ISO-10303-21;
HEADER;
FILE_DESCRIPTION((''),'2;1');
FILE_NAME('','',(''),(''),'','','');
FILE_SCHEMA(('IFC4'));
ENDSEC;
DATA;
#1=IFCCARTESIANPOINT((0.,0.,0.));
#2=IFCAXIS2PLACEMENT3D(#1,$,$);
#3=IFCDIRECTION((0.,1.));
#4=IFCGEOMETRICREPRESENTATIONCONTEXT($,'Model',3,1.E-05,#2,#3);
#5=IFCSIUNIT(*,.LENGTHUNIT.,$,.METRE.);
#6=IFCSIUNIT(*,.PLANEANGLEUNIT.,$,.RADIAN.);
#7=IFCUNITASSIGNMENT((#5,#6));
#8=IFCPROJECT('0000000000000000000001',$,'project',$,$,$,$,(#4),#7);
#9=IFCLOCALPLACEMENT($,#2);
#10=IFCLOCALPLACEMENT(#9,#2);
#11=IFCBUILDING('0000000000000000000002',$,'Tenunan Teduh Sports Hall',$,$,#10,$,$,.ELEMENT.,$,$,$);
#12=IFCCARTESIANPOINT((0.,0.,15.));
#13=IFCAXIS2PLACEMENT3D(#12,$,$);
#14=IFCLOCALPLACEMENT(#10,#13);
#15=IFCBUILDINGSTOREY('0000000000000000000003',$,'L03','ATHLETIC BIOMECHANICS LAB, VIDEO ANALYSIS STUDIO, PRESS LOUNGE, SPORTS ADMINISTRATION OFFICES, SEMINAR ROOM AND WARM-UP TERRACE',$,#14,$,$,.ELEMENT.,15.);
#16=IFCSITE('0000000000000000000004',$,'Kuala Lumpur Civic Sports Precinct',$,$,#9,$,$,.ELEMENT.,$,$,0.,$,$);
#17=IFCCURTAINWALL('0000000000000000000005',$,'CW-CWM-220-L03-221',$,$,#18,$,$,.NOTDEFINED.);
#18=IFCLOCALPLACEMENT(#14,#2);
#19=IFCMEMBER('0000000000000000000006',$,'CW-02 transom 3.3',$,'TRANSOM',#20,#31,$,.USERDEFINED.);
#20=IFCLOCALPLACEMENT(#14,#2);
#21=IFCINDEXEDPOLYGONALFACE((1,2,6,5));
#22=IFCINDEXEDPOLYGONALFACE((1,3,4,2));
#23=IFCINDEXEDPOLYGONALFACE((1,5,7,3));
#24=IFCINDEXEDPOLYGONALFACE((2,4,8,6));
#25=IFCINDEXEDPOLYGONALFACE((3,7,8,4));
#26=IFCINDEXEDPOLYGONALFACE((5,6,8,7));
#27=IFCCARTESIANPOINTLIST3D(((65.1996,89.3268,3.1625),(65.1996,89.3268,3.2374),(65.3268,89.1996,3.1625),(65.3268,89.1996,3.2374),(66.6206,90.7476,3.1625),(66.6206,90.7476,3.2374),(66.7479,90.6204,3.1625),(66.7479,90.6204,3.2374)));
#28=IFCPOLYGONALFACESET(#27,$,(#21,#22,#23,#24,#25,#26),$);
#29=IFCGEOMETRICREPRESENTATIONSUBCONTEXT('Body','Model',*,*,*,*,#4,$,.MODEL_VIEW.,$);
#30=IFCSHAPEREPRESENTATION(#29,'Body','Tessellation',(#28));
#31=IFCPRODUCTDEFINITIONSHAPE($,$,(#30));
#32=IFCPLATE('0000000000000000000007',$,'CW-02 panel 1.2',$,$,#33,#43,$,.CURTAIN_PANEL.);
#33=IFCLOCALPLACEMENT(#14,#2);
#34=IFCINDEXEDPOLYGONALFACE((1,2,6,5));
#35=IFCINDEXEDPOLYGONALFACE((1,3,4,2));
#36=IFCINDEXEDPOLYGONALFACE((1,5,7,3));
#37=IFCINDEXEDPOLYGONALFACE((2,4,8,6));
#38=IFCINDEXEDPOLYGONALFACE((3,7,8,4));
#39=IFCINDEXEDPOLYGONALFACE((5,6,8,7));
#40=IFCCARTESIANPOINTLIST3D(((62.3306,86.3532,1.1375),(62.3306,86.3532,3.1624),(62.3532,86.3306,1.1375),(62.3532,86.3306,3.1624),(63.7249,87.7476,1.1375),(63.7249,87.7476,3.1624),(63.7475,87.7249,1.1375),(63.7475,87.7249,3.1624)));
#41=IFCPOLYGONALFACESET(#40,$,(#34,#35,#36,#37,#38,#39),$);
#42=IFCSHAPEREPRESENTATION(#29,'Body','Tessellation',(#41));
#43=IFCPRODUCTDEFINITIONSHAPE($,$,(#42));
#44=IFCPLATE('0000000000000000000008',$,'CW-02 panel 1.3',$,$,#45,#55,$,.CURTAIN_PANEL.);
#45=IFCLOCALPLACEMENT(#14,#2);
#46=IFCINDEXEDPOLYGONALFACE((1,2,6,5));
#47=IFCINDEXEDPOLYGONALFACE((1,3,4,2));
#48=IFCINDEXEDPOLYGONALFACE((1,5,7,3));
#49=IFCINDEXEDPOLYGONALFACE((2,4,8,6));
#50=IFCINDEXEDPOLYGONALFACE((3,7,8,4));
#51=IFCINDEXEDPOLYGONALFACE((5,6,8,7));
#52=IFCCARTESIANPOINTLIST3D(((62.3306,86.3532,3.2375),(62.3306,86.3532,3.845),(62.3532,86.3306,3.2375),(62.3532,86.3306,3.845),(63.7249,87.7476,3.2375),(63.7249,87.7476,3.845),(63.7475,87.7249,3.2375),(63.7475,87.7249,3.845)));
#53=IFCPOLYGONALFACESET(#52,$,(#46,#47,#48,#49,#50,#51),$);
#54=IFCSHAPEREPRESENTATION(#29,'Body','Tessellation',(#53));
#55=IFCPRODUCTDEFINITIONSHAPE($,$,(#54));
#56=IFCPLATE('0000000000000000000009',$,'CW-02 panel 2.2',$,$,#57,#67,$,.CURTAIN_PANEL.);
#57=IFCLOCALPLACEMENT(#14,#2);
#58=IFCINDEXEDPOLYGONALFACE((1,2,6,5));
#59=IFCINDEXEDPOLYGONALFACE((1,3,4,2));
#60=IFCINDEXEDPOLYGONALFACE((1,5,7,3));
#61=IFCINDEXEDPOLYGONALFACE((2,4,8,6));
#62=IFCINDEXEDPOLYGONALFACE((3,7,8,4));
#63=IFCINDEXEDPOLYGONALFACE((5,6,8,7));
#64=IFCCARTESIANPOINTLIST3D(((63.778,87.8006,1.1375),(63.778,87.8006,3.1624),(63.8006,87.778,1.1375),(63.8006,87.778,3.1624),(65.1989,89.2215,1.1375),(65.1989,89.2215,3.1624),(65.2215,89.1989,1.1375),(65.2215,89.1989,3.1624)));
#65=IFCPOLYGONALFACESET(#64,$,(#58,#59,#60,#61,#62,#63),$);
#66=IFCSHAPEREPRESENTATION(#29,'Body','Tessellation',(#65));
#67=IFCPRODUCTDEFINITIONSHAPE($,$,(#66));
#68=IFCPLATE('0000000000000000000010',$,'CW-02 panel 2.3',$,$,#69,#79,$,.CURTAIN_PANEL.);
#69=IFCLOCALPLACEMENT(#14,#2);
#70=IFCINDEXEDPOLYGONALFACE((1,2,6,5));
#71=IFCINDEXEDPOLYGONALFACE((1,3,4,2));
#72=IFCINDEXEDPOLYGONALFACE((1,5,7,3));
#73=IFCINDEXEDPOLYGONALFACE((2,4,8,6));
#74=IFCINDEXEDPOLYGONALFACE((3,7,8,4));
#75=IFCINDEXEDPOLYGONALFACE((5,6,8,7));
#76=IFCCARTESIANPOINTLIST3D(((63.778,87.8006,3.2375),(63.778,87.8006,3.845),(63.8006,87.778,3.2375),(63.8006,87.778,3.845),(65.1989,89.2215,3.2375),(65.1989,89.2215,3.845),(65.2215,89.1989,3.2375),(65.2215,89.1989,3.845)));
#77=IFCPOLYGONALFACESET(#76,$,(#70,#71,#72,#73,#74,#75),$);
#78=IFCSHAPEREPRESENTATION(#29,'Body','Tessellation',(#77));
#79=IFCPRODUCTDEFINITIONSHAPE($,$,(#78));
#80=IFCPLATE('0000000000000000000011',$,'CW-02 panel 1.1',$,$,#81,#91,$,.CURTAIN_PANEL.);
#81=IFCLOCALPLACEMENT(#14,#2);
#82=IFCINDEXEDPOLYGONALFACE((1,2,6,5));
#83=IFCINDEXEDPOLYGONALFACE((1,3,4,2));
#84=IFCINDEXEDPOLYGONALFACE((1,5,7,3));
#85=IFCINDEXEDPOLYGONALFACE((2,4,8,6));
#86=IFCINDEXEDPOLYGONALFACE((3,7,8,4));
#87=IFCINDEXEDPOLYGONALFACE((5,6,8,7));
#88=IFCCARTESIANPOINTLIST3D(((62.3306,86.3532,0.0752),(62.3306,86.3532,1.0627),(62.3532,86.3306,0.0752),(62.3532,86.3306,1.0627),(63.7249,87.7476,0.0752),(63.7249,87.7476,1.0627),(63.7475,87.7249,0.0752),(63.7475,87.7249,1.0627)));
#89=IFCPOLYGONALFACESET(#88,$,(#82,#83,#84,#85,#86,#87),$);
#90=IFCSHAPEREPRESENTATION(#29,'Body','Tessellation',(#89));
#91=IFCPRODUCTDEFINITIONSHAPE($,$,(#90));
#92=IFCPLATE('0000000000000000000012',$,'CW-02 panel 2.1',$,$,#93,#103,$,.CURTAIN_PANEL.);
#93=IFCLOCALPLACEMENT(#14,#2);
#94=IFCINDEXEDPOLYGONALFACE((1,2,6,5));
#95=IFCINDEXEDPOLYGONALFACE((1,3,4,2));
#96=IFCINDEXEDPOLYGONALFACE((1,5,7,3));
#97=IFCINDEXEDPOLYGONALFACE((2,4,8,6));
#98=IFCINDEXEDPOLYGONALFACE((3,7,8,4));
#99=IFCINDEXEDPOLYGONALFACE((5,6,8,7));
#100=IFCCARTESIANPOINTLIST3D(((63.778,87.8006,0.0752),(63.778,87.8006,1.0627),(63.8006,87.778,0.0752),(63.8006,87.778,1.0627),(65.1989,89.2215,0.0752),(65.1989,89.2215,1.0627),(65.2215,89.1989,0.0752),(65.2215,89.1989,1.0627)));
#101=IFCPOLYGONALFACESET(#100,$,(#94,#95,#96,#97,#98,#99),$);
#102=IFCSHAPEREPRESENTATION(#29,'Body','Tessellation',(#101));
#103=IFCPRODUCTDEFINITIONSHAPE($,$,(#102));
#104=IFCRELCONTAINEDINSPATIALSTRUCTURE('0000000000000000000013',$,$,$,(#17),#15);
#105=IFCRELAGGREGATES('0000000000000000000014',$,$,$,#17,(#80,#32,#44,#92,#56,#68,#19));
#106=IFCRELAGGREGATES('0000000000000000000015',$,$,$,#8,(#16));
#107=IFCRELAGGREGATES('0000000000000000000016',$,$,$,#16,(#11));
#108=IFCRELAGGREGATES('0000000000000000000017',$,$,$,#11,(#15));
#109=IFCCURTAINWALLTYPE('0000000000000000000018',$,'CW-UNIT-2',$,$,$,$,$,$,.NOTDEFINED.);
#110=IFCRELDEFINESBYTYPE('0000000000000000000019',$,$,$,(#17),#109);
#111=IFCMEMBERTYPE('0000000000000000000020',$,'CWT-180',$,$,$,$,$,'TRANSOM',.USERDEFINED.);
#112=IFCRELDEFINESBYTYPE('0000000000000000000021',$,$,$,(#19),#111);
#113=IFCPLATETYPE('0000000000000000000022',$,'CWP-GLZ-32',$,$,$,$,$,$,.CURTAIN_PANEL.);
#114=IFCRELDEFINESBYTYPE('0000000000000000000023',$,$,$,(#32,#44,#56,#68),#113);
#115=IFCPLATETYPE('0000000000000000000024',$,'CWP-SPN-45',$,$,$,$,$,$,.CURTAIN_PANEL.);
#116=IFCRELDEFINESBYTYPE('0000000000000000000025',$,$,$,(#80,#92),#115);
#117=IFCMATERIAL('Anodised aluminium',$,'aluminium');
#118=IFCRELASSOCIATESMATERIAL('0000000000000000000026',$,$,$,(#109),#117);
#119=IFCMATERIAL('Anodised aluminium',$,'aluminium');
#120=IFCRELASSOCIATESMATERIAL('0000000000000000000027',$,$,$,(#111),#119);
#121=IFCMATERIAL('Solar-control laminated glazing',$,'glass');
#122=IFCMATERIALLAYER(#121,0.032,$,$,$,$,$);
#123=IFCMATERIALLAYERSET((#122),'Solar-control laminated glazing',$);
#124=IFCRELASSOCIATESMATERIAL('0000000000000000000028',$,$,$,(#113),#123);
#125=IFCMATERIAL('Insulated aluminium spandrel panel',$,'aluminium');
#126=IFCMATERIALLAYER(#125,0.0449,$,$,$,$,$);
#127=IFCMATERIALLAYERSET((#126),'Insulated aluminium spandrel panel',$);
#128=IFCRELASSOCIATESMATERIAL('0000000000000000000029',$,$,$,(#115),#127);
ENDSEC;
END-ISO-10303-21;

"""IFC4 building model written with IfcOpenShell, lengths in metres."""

from ifc_helpers import new_model, si_unit, direction, frame, origin, origin_2d, place, context, subcontext, project, spatial, rectangle, extrude, material, layer, layer_set, material_profile, profile_set, type_object, element, aggregate, save


model = new_model("IFC4")

# Units and contexts
model_context = context("Model", 3, precision=1e-05, world=origin(), true_north=direction((0.0, 1.0)))
body_context = subcontext(model_context, "Body", "Model", "MODEL_VIEW")
ifc_project = project(units=[si_unit("LENGTHUNIT", "METRE"), si_unit("PLANEANGLEUNIT", "RADIAN")], contexts=[model_context])

# Site, building, storey
site_placement = place(None, origin())
site = spatial("IfcSite", under=ifc_project, at=site_placement, Name="Kuala Lumpur Civic Sports Precinct", CompositionType="ELEMENT", RefElevation=0.0)
building_placement = place(site_placement, origin())
building = spatial("IfcBuilding", under=site, at=building_placement, Name="Tenunan Teduh Sports Hall", CompositionType="ELEMENT")
storey_placement = place(building_placement, frame((0.0, 0.0, 15.0)))
storey = spatial("IfcBuildingStorey", under=building, at=storey_placement, Name="L03", Description="ATHLETIC BIOMECHANICS LAB, VIDEO ANALYSIS STUDIO, PRESS LOUNGE, SPORTS ADMINISTRATION OFFICES, SEMINAR ROOM AND WARM-UP TERRACE", CompositionType="ELEMENT", Elevation=15.0)

# Curtain wall, member, plates
ifc_material_1 = material(Name="Anodised aluminium", Category="aluminium")
curtain_wall_type = type_object("IfcCurtainWallType", Name="CW-UNIT-2", PredefinedType="NOTDEFINED", material=ifc_material_1)
curtain_wall_placement = place(storey_placement, origin())
curtain_wall = element("IfcCurtainWall", 1, at=curtain_wall_placement, inside=storey, type_object=curtain_wall_type, Name="CW-CWM-220-L03-221", PredefinedType="NOTDEFINED")
ifc_material_2 = material(Name="Anodised aluminium", Category="aluminium")
ifc_material_profile_1 = material_profile(ifc_material_2, rectangle(XDim=0.075, YDim=0.1799, at=origin_2d()), Name="CWT 75x180")
ifc_profile_set_1 = profile_set([ifc_material_profile_1], Name="Anodised aluminium")
member_type_1 = type_object("IfcMemberType", Name="CWT-180", ElementType="TRANSOM", PredefinedType="USERDEFINED", material=ifc_profile_set_1)
member_1_placement = place(storey_placement, frame((65.2632, 89.2632, 3.2), z_axis=(0.707168, 0.707046, 0.0), x_axis=(0.0, 0.0, 1.0)))
member_1 = element("IfcMember", 2, at=member_1_placement, type_object=member_type_1, Name="CW-02 transom 3.3", ObjectType="TRANSOM", PredefinedType="USERDEFINED", context=body_context, shape_type="SweptSolid", body=[
    extrude(rectangle(XDim=0.075, YDim=0.1799, at=origin_2d()), origin(), (0.0, 0.0, 1.0), 2.0095),
])
ifc_material_3 = material(Name="Solar-control laminated glazing", Category="glass")
ifc_layer_1 = layer(ifc_material_3, 0.032)
ifc_layer_set_1 = layer_set([ifc_layer_1], Name="Solar-control laminated glazing")
plate_type_1 = type_object("IfcPlateType", Name="CWP-GLZ-32", PredefinedType="CURTAIN_PANEL", material=ifc_layer_set_1)
plate_1_placement = place(storey_placement, frame((63.0391, 87.0391, 1.1375), z_axis=(0.0, 0.0, 1.0), x_axis=(0.707102, 0.707112, 0.0)))
plate_1 = element("IfcPlate", 3, at=plate_1_placement, type_object=plate_type_1, Name="CW-02 panel 1.2", PredefinedType="CURTAIN_PANEL", context=body_context, shape_type="SweptSolid", body=[
    extrude(rectangle(XDim=1.9719, YDim=0.032, at=origin_2d()), origin(), (0.0, 0.0, 1.0), 2.0249),
])
plate_2_placement = place(storey_placement, frame((63.0391, 87.0391, 3.2375), z_axis=(0.0, 0.0, 1.0), x_axis=(0.707102, 0.707112, 0.0)))
plate_2 = element("IfcPlate", 4, at=plate_2_placement, type_object=plate_type_1, Name="CW-02 panel 1.3", PredefinedType="CURTAIN_PANEL", context=body_context, shape_type="SweptSolid", body=[
    extrude(rectangle(XDim=1.9719, YDim=0.032, at=origin_2d()), origin(), (0.0, 0.0, 1.0), 0.6074),
])
plate_3_placement = place(storey_placement, frame((64.4998, 88.4998, 1.1375), z_axis=(0.0, 0.0, 1.0), x_axis=(0.707102, 0.707112, 0.0)))
plate_3 = element("IfcPlate", 5, at=plate_3_placement, type_object=plate_type_1, Name="CW-02 panel 2.2", PredefinedType="CURTAIN_PANEL", context=body_context, shape_type="SweptSolid", body=[
    extrude(rectangle(XDim=2.0095, YDim=0.032, at=origin_2d()), origin(), (0.0, 0.0, 1.0), 2.0249),
])
plate_4_placement = place(storey_placement, frame((64.4998, 88.4998, 3.2375), z_axis=(0.0, 0.0, 1.0), x_axis=(0.707102, 0.707112, 0.0)))
plate_4 = element("IfcPlate", 6, at=plate_4_placement, type_object=plate_type_1, Name="CW-02 panel 2.3", PredefinedType="CURTAIN_PANEL", context=body_context, shape_type="SweptSolid", body=[
    extrude(rectangle(XDim=2.0095, YDim=0.032, at=origin_2d()), origin(), (0.0, 0.0, 1.0), 0.6074),
])
ifc_material_4 = material(Name="Insulated aluminium spandrel panel", Category="aluminium")
ifc_layer_2 = layer(ifc_material_4, 0.0449)
ifc_layer_set_2 = layer_set([ifc_layer_2], Name="Insulated aluminium spandrel panel")
plate_type_2 = type_object("IfcPlateType", Name="CWP-SPN-45", PredefinedType="CURTAIN_PANEL", material=ifc_layer_set_2)
plate_5_placement = place(storey_placement, frame((63.0391, 87.0391, 0.0752), z_axis=(0.0, 0.0, 1.0), x_axis=(0.707102, 0.707112, 0.0)))
plate_5 = element("IfcPlate", 7, at=plate_5_placement, type_object=plate_type_2, Name="CW-02 panel 1.1", PredefinedType="CURTAIN_PANEL", context=body_context, shape_type="SweptSolid", body=[
    extrude(rectangle(XDim=1.9719, YDim=0.032, at=origin_2d()), origin(), (0.0, 0.0, 1.0), 0.9875),
])
plate_6_placement = place(storey_placement, frame((64.4998, 88.4998, 0.0752), z_axis=(0.0, 0.0, 1.0), x_axis=(0.707102, 0.707112, 0.0)))
plate_6 = element("IfcPlate", 8, at=plate_6_placement, type_object=plate_type_2, Name="CW-02 panel 2.1", PredefinedType="CURTAIN_PANEL", context=body_context, shape_type="SweptSolid", body=[
    extrude(rectangle(XDim=2.0095, YDim=0.032, at=origin_2d()), origin(), (0.0, 0.0, 1.0), 0.9875),
])
aggregate(curtain_wall, [plate_5, plate_1, plate_2, plate_6, plate_3, plate_4, member_1])

save(model, "model.ifc")
